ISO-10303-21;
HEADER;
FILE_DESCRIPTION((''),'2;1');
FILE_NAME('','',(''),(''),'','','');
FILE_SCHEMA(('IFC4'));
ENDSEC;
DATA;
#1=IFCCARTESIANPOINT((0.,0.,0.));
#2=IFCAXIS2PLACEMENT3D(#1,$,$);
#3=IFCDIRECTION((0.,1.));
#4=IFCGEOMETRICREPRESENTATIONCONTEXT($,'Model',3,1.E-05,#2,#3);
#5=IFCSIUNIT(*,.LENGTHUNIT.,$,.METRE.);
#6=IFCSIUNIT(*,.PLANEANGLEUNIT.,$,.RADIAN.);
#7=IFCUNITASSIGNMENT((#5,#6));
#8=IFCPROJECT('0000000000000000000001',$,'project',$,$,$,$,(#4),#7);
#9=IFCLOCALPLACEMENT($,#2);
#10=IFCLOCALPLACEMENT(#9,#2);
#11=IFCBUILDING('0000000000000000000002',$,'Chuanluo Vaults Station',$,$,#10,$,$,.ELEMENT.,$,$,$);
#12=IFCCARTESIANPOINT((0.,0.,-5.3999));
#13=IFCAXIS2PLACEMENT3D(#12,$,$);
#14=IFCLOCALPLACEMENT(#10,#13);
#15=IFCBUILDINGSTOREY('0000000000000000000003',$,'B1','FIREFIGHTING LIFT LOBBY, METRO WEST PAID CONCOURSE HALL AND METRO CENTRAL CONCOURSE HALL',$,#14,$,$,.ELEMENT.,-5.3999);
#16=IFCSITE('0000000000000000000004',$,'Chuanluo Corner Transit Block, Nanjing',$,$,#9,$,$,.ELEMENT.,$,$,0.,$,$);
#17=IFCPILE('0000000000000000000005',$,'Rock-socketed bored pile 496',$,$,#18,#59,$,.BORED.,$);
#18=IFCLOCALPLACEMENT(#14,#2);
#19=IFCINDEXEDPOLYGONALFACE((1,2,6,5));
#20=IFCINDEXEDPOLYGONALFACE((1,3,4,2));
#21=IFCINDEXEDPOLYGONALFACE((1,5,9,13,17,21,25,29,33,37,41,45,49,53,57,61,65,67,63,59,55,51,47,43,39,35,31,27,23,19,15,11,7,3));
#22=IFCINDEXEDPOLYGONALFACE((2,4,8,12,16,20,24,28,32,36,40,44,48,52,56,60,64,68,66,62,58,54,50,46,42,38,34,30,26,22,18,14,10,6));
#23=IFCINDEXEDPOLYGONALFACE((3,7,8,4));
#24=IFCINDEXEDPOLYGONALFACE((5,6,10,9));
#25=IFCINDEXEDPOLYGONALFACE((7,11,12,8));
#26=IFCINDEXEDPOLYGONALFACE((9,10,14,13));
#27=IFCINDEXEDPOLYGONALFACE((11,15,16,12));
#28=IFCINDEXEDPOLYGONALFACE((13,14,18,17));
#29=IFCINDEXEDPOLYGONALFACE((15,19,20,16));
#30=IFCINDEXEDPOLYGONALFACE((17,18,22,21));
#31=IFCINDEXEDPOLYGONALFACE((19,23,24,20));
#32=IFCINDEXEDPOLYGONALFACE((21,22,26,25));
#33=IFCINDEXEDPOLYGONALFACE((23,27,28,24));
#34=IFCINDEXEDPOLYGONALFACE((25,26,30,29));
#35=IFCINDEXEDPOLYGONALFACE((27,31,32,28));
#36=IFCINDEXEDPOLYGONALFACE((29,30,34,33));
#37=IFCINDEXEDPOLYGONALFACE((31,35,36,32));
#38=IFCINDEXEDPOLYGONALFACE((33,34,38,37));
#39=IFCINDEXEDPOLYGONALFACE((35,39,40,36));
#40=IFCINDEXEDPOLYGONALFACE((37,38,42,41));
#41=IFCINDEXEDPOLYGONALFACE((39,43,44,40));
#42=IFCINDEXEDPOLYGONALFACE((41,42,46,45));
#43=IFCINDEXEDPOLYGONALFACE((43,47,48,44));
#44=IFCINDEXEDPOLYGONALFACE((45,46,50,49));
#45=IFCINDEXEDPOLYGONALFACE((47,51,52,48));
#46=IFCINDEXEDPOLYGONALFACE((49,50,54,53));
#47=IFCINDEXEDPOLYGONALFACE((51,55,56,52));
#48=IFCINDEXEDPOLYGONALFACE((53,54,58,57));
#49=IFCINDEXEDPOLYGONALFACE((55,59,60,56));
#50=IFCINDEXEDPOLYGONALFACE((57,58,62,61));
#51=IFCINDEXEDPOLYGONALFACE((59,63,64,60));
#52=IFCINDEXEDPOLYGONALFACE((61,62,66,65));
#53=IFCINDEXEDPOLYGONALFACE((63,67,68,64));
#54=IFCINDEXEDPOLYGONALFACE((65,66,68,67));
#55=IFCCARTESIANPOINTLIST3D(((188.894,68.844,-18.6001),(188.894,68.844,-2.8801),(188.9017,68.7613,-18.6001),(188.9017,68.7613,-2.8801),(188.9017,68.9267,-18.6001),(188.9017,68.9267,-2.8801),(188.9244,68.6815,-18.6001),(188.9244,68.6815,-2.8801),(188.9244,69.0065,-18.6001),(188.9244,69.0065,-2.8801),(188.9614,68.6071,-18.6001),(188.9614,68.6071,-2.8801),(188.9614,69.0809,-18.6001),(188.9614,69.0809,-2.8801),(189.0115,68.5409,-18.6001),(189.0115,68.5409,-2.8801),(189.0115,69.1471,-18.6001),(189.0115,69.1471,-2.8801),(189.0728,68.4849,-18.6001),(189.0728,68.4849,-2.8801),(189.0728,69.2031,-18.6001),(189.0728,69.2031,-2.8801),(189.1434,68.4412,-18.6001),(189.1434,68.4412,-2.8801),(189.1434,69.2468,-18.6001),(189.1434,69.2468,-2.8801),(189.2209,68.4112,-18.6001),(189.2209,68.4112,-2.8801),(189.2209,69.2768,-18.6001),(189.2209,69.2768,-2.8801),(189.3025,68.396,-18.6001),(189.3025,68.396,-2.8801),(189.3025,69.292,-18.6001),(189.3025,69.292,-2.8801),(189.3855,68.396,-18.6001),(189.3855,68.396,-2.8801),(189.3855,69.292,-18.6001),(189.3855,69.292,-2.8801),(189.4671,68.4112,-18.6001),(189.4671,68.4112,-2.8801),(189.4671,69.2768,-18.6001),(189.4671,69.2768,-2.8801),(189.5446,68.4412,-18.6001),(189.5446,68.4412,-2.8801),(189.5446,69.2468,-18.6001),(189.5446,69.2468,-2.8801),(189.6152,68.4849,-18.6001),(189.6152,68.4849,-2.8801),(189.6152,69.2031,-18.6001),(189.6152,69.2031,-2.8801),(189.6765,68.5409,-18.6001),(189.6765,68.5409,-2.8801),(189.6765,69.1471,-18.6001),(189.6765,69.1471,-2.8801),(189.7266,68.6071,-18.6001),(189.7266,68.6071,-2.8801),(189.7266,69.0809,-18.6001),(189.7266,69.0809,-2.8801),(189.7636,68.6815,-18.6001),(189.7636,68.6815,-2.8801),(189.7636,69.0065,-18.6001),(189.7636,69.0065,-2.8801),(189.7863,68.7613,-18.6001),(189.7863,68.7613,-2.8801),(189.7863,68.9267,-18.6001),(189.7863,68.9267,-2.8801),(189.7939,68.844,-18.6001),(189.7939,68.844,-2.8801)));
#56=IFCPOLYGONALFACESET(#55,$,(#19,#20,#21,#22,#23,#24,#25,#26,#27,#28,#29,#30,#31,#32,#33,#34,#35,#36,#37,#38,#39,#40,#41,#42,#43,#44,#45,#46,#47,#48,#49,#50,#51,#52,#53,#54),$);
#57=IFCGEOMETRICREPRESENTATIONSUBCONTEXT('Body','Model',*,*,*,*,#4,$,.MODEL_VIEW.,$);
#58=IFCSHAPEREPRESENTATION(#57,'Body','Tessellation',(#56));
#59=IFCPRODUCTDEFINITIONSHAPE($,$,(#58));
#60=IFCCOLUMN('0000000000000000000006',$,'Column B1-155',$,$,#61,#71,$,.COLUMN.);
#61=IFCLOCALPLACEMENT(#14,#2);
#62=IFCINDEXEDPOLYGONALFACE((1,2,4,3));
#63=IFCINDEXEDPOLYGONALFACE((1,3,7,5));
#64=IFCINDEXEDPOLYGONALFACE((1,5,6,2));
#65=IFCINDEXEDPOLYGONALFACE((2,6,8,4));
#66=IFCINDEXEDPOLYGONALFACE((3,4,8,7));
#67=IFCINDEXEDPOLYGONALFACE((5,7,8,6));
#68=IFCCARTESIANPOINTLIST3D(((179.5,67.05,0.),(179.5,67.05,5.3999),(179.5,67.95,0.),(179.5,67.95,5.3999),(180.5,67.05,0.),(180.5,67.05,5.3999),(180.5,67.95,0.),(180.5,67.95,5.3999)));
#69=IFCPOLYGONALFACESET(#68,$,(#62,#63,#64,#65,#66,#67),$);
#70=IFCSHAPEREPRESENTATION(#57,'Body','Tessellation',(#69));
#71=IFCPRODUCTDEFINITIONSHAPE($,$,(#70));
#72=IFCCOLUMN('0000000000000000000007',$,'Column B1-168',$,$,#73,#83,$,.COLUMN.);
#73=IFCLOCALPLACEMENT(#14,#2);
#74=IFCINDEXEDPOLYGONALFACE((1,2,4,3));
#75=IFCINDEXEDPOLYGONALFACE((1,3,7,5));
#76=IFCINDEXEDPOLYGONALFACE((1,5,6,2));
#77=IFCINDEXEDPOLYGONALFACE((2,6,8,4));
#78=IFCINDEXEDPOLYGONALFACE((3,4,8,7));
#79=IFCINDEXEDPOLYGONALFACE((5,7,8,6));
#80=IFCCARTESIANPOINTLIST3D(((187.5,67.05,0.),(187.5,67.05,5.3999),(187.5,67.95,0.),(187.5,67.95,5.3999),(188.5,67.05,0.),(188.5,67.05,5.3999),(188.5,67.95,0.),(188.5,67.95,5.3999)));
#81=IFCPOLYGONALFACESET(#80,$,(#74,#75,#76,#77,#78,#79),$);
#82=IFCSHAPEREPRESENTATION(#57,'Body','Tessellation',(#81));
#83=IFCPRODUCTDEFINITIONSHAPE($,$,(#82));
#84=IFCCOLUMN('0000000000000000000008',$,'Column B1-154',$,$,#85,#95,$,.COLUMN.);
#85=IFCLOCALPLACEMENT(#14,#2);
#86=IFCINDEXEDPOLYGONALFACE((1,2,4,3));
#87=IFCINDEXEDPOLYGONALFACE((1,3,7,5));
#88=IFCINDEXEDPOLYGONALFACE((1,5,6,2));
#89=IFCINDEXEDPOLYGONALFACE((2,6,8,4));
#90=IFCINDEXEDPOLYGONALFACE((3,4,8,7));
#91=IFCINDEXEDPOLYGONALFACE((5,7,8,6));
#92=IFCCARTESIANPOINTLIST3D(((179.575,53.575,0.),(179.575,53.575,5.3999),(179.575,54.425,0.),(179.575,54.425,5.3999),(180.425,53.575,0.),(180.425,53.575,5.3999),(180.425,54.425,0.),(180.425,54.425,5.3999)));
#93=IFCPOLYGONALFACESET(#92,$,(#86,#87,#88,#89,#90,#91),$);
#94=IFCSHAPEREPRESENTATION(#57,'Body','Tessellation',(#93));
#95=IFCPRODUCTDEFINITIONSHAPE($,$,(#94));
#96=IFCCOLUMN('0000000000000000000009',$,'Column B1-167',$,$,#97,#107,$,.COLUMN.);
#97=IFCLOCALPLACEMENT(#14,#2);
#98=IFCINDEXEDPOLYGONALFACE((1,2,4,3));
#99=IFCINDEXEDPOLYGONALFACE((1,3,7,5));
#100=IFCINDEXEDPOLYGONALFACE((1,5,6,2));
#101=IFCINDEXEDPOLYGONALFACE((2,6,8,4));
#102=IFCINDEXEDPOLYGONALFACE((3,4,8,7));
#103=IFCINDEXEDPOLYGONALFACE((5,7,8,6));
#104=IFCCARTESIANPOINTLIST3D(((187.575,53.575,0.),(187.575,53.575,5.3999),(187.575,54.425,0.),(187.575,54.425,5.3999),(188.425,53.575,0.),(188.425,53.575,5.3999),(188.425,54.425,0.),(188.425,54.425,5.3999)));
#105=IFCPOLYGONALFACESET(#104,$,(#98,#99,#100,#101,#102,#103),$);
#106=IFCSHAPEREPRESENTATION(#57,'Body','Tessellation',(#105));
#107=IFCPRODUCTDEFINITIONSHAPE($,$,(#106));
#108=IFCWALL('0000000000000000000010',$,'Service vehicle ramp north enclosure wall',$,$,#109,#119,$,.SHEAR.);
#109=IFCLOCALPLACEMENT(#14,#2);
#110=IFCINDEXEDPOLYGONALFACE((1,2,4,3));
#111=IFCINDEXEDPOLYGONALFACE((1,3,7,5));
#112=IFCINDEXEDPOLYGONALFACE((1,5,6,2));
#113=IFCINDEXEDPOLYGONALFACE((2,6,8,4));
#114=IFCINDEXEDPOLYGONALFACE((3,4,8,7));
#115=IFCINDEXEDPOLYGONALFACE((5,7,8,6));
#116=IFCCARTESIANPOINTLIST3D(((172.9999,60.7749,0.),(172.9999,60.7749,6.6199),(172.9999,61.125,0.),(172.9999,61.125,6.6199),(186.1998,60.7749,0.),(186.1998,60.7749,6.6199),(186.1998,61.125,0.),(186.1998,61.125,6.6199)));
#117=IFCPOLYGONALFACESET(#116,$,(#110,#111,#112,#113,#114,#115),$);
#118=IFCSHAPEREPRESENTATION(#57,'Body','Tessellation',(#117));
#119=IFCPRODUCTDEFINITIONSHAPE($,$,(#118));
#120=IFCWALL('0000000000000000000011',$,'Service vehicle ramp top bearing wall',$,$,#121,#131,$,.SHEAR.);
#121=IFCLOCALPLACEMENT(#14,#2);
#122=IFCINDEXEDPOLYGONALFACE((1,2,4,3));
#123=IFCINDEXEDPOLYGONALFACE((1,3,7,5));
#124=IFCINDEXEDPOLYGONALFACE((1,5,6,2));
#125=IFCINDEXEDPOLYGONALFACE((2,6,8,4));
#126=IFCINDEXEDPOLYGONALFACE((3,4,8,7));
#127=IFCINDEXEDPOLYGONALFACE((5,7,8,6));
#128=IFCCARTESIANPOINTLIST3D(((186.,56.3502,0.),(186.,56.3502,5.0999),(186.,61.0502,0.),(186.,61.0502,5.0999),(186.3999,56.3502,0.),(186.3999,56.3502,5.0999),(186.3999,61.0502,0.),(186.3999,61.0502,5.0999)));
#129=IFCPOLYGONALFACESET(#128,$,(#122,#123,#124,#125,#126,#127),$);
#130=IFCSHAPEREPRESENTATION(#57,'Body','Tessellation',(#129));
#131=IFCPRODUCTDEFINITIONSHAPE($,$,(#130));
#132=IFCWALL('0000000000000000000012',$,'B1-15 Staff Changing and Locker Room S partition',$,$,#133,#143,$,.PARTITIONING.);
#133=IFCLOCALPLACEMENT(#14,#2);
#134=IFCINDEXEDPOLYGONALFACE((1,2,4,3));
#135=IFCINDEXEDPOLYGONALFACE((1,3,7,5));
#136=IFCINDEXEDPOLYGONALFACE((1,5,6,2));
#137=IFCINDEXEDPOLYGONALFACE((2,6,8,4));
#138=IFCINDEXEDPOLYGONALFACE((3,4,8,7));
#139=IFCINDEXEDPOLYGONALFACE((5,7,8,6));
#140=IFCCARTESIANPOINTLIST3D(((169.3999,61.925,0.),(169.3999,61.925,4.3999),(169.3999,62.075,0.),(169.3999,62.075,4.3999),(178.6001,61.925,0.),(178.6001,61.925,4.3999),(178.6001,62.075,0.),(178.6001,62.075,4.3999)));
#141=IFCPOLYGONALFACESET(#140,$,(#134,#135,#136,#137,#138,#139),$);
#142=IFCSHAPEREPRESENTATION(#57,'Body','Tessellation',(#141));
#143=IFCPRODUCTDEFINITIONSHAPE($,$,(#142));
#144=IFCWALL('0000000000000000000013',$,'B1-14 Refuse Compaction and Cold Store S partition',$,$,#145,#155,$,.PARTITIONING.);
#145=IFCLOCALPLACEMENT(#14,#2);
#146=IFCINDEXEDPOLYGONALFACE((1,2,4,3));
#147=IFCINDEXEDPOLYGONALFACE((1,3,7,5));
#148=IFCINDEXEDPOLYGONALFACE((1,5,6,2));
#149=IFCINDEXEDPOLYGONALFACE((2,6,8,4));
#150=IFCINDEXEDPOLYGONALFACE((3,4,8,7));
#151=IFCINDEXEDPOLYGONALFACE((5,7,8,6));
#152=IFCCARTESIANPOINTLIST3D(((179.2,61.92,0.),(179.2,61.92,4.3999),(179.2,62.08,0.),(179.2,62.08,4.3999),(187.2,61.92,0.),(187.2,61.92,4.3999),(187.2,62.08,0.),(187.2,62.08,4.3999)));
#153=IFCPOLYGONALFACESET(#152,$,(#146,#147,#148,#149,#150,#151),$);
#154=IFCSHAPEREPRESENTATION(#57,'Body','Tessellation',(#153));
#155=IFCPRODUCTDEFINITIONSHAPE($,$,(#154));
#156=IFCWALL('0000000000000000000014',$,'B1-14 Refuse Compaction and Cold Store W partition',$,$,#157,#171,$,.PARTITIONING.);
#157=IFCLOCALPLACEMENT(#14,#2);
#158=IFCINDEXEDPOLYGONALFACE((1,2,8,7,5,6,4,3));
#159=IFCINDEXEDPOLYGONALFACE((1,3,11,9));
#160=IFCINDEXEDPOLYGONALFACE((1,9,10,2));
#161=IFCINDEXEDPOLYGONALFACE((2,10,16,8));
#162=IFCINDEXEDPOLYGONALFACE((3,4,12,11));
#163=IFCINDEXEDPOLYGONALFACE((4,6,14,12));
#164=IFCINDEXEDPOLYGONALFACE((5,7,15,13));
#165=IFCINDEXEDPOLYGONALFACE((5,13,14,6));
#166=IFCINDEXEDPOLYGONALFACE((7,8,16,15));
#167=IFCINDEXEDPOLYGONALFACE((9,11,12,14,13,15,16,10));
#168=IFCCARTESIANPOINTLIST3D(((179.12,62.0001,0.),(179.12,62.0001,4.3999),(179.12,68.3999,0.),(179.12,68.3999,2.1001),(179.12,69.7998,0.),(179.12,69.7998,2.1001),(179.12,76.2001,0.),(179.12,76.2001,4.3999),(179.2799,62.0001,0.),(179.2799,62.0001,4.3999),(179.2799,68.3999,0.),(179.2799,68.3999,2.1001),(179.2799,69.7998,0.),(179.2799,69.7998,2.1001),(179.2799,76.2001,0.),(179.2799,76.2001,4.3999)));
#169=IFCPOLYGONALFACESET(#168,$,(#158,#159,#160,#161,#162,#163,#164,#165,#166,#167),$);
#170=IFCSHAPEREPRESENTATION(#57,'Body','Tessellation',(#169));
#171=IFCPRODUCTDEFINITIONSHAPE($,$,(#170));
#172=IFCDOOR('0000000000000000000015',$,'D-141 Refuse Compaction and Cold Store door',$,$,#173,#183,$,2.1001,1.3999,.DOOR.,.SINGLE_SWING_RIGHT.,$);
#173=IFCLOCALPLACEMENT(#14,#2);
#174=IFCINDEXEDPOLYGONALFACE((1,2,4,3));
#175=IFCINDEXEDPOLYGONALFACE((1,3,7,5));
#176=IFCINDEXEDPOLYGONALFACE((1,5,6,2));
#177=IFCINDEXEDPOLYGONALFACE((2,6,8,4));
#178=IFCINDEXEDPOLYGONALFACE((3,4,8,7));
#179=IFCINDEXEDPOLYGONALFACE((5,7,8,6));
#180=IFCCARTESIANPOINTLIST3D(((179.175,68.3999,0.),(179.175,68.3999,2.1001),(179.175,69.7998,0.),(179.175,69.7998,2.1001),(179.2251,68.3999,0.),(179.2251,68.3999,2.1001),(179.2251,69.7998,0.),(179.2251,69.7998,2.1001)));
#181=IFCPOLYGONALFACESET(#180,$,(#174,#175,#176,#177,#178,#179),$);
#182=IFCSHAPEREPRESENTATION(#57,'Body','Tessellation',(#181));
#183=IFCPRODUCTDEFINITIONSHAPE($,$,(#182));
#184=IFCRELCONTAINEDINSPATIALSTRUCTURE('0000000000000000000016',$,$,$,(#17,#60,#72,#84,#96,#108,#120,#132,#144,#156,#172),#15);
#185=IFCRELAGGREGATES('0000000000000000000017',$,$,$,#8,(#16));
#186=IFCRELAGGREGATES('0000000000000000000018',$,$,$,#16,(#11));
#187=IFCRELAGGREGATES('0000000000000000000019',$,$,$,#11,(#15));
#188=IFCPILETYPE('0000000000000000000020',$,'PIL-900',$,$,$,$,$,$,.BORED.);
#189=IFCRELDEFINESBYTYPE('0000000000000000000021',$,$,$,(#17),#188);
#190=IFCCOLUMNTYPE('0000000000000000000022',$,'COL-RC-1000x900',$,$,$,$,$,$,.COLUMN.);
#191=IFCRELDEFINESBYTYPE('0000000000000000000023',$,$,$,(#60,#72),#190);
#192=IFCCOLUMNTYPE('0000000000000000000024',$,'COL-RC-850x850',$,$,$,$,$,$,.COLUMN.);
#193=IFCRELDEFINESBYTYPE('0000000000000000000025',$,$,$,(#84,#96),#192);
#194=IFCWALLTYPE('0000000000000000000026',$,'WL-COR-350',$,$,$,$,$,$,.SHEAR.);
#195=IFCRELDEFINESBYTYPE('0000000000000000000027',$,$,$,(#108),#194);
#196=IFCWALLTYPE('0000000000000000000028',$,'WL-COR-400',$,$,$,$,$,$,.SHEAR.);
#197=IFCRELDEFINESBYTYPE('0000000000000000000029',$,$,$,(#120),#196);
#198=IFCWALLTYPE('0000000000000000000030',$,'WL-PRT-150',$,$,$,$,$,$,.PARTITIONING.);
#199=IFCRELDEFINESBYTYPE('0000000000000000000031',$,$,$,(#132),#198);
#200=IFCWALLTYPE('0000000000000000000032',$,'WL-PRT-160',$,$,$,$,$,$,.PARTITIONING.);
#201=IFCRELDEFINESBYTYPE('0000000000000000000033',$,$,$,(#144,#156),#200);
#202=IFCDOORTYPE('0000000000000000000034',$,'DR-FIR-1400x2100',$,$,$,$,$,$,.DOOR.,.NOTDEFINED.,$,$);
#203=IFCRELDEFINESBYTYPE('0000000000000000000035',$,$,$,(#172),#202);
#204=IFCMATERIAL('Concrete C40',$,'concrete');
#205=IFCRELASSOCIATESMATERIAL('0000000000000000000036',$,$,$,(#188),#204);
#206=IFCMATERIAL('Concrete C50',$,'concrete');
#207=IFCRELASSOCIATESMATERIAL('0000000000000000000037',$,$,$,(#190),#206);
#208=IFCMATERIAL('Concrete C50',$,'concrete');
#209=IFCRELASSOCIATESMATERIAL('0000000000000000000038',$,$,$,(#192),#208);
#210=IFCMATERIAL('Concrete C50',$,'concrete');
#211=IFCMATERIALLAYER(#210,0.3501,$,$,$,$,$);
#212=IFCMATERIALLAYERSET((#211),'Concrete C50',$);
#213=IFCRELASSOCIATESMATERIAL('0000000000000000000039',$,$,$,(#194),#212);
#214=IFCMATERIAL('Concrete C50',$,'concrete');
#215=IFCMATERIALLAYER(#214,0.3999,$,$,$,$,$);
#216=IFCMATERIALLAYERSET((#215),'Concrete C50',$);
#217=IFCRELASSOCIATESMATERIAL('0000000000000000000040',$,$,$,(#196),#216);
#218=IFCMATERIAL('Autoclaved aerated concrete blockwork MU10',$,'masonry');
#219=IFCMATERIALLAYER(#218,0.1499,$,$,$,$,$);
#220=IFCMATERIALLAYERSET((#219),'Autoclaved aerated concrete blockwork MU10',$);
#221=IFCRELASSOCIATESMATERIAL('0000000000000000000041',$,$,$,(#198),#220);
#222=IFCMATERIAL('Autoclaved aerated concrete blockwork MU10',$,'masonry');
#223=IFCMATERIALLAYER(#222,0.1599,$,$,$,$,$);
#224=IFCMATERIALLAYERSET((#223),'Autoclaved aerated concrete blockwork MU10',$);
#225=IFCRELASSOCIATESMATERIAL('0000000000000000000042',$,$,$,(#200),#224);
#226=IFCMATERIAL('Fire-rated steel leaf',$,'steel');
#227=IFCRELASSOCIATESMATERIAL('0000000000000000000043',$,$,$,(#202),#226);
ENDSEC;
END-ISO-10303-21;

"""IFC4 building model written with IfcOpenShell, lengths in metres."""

from ifc_helpers import new_model, si_unit, direction, frame, frame_2d, origin, origin_2d, place, context, subcontext, project, spatial, rectangle, circle, extrude, material, layer, layer_set, material_profile, profile_set, type_object, element, fill, save


model = new_model("IFC4")

# Units and contexts
model_context = context("Model", 3, precision=1e-05, world=origin(), true_north=direction((0.0, 1.0)))
body_context = subcontext(model_context, "Body", "Model", "MODEL_VIEW")
ifc_project = project(units=[si_unit("LENGTHUNIT", "METRE"), si_unit("PLANEANGLEUNIT", "RADIAN")], contexts=[model_context])

# Site, building, storey
site_placement = place(None, origin())
site = spatial("IfcSite", under=ifc_project, at=site_placement, Name="Chuanluo Corner Transit Block, Nanjing", CompositionType="ELEMENT", RefElevation=0.0)
building_placement = place(site_placement, origin())
building = spatial("IfcBuilding", under=site, at=building_placement, Name="Chuanluo Vaults Station", CompositionType="ELEMENT")
storey_placement = place(building_placement, frame((0.0, 0.0, -5.3999)))
storey = spatial("IfcBuildingStorey", under=building, at=storey_placement, Name="B1", Description="FIREFIGHTING LIFT LOBBY, METRO WEST PAID CONCOURSE HALL AND METRO CENTRAL CONCOURSE HALL", CompositionType="ELEMENT", Elevation=-5.3999)

# Pile
ifc_material_1 = material(Name="Concrete C40", Category="concrete")
ifc_material_profile_1 = material_profile(ifc_material_1, circle(Radius=0.45, at=origin_2d()))
ifc_profile_set_1 = profile_set([ifc_material_profile_1], Name="Concrete C40")
pile_type_1 = type_object("IfcPileType", Name="PIL-900", PredefinedType="BORED", material=ifc_profile_set_1)
for number, where, z_axis, x_axis, name in (
    (1, (189.344, 68.844, -2.8801), (0.0, 0.0, -1.0), (1.0, 0.0, 0.0), "Rock-socketed bored pile 496"),
):
    element("IfcPile", number, at=place(storey_placement, frame(where, z_axis=z_axis, x_axis=x_axis)), inside=storey, type_object=pile_type_1, Name=name, PredefinedType="BORED", context=body_context, shape_type="SweptSolid", body=[
        extrude(circle(Radius=0.45, at=origin_2d()), origin(), (0.0, 0.0, 1.0), 15.72),
    ])

# Columns
ifc_material_2 = material(Name="Concrete C50", Category="concrete")
ifc_material_profile_2 = material_profile(ifc_material_2, rectangle(XDim=1.0, YDim=0.8999, at=origin_2d()))
ifc_profile_set_2 = profile_set([ifc_material_profile_2], Name="Concrete C50")
column_type_1 = type_object("IfcColumnType", Name="COL-RC-1000x900", PredefinedType="COLUMN", material=ifc_profile_set_2)
for number, where, z_axis, x_axis, name in (
    (2, (180.0, 67.5, 0.0), (0.0, 0.0, 1.0), (1.0, 0.0, 0.0), "Column B1-155"),
    (3, (188.0, 67.5, 0.0), (0.0, 0.0, 1.0), (1.0, 0.0, 0.0), "Column B1-168"),
):
    element("IfcColumn", number, at=place(storey_placement, frame(where, z_axis=z_axis, x_axis=x_axis)), inside=storey, type_object=column_type_1, Name=name, PredefinedType="COLUMN", context=body_context, shape_type="SweptSolid", body=[
        extrude(rectangle(XDim=1.0, YDim=0.8999, at=origin_2d()), origin(), (0.0, 0.0, 1.0), 5.3999),
    ])
ifc_material_3 = material(Name="Concrete C50", Category="concrete")
ifc_material_profile_3 = material_profile(ifc_material_3, rectangle(XDim=0.8501, YDim=0.8501, at=origin_2d()))
ifc_profile_set_3 = profile_set([ifc_material_profile_3], Name="Concrete C50")
column_type_2 = type_object("IfcColumnType", Name="COL-RC-850x850", PredefinedType="COLUMN", material=ifc_profile_set_3)
for number, where, z_axis, x_axis, name in (
    (4, (180.0, 54.0, 0.0), (0.0, 0.0, 1.0), (1.0, 0.0, 0.0), "Column B1-154"),
    (5, (188.0, 54.0, 0.0), (0.0, 0.0, 1.0), (1.0, 0.0, 0.0), "Column B1-167"),
):
    element("IfcColumn", number, at=place(storey_placement, frame(where, z_axis=z_axis, x_axis=x_axis)), inside=storey, type_object=column_type_2, Name=name, PredefinedType="COLUMN", context=body_context, shape_type="SweptSolid", body=[
        extrude(rectangle(XDim=0.8501, YDim=0.8501, at=origin_2d()), origin(), (0.0, 0.0, 1.0), 5.3999),
    ])

# Walls
ifc_material_4 = material(Name="Concrete C50", Category="concrete")
ifc_layer_1 = layer(ifc_material_4, 0.3501)
ifc_layer_set_1 = layer_set([ifc_layer_1], Name="Concrete C50")
wall_type_1 = type_object("IfcWallType", Name="WL-COR-350", PredefinedType="SHEAR", material=ifc_layer_set_1)
wall_1_placement = place(storey_placement, frame((186.2, 60.95, 0.0), z_axis=(0.0, 0.0, 1.0), x_axis=(-1.0, 0.0, 0.0)))
element("IfcWall", 6, at=wall_1_placement, inside=storey, type_object=wall_type_1, Name="Service vehicle ramp north enclosure wall", PredefinedType="SHEAR", context=body_context, shape_type="SweptSolid", body=[
    extrude(rectangle(XDim=13.2, YDim=0.3501, at=frame_2d((6.6001, 0.0))), origin(), (0.0, 0.0, 1.0), 6.6199),
])
ifc_material_5 = material(Name="Concrete C50", Category="concrete")
ifc_layer_2 = layer(ifc_material_5, 0.3999)
ifc_layer_set_2 = layer_set([ifc_layer_2], Name="Concrete C50")
wall_type_2 = type_object("IfcWallType", Name="WL-COR-400", PredefinedType="SHEAR", material=ifc_layer_set_2)
wall_2_placement = place(storey_placement, frame((186.2, 56.3501, 0.0), z_axis=(0.0, 0.0, 1.0), x_axis=(0.0, 1.0, 0.0)))
element("IfcWall", 7, at=wall_2_placement, inside=storey, type_object=wall_type_2, Name="Service vehicle ramp top bearing wall", PredefinedType="SHEAR", context=body_context, shape_type="SweptSolid", body=[
    extrude(rectangle(XDim=4.7, YDim=0.3999, at=frame_2d((2.3501, 0.0))), origin(), (0.0, 0.0, 1.0), 5.0999),
])
ifc_material_6 = material(Name="Autoclaved aerated concrete blockwork MU10", Category="masonry")
ifc_layer_3 = layer(ifc_material_6, 0.1499)
ifc_layer_set_3 = layer_set([ifc_layer_3], Name="Autoclaved aerated concrete blockwork MU10")
wall_type_3 = type_object("IfcWallType", Name="WL-PRT-150", PredefinedType="PARTITIONING", material=ifc_layer_set_3)
wall_3_placement = place(storey_placement, frame((178.6001, 62.0, 0.0), z_axis=(0.0, 0.0, 1.0), x_axis=(-1.0, 0.0, 0.0)))
element("IfcWall", 8, at=wall_3_placement, inside=storey, type_object=wall_type_3, Name="B1-15 Staff Changing and Locker Room S partition", PredefinedType="PARTITIONING", context=body_context, shape_type="SweptSolid", body=[
    extrude(rectangle(XDim=9.2002, YDim=0.1499, at=frame_2d((4.6001, 0.0))), origin(), (0.0, 0.0, 1.0), 4.3999),
])
ifc_material_7 = material(Name="Autoclaved aerated concrete blockwork MU10", Category="masonry")
ifc_layer_4 = layer(ifc_material_7, 0.1599)
ifc_layer_set_4 = layer_set([ifc_layer_4], Name="Autoclaved aerated concrete blockwork MU10")
wall_type_4 = type_object("IfcWallType", Name="WL-PRT-160", PredefinedType="PARTITIONING", material=ifc_layer_set_4)
wall_4_placement = place(storey_placement, frame((187.2, 62.0, 0.0), z_axis=(0.0, 0.0, 1.0), x_axis=(-1.0, 0.0, 0.0)))
element("IfcWall", 9, at=wall_4_placement, inside=storey, type_object=wall_type_4, Name="B1-14 Refuse Compaction and Cold Store S partition", PredefinedType="PARTITIONING", context=body_context, shape_type="SweptSolid", body=[
    extrude(rectangle(XDim=8.0, YDim=0.1599, at=frame_2d((4.0, 0.0))), origin(), (0.0, 0.0, 1.0), 4.3999),
])

# Wall, opening, door
wall_5_placement = place(storey_placement, frame((179.2, 62.0, 0.0), z_axis=(0.0, 0.0, 1.0), x_axis=(0.0, 1.0, 0.0)))
wall_5 = element("IfcWall", 10, at=wall_5_placement, inside=storey, type_object=wall_type_4, Name="B1-14 Refuse Compaction and Cold Store W partition", PredefinedType="PARTITIONING", context=body_context, shape_type="SweptSolid", body=[
    extrude(rectangle(XDim=14.2, YDim=0.1599, at=frame_2d((7.1001, 0.0))), origin(), (0.0, 0.0, 1.0), 4.3999),
])
opening_placement = place(wall_5_placement, frame((6.3999, 0.0, 0.0)))
opening = element("IfcOpeningElement", 11, at=opening_placement, cuts=wall_5, PredefinedType="OPENING", context=body_context, shape_type="SweptSolid", body=[
    extrude(rectangle(XDim=1.3999, YDim=2.1001, at=frame_2d((0.7, 1.05))), frame((0.0, 0.0901, 0.0), z_axis=(0.0, -1.0, 0.0), x_axis=(1.0, 0.0, 0.0)), (0.0, 0.0, 1.0), 0.1799),
])
ifc_material_8 = material(Name="Fire-rated steel leaf", Category="steel")
door_type = type_object("IfcDoorType", Name="DR-FIR-1400x2100", OperationType="NOTDEFINED", PredefinedType="DOOR", material=ifc_material_8)
door_placement = place(opening_placement, origin())
door = element("IfcDoor", 12, at=door_placement, inside=storey, type_object=door_type, Name="D-141 Refuse Compaction and Cold Store door", OperationType="SINGLE_SWING_RIGHT", OverallHeight=2.1001, OverallWidth=1.3999, PredefinedType="DOOR", context=body_context, shape_type="SweptSolid", body=[
    extrude(rectangle(XDim=1.3999, YDim=2.1001, at=frame_2d((0.7, 1.05))), frame((0.0, 0.0249, 0.0), z_axis=(0.0, -1.0, 0.0), x_axis=(1.0, 0.0, 0.0)), (0.0, 0.0, 1.0), 0.05),
])
fill(opening, door)

save(model, "model.ifc")
